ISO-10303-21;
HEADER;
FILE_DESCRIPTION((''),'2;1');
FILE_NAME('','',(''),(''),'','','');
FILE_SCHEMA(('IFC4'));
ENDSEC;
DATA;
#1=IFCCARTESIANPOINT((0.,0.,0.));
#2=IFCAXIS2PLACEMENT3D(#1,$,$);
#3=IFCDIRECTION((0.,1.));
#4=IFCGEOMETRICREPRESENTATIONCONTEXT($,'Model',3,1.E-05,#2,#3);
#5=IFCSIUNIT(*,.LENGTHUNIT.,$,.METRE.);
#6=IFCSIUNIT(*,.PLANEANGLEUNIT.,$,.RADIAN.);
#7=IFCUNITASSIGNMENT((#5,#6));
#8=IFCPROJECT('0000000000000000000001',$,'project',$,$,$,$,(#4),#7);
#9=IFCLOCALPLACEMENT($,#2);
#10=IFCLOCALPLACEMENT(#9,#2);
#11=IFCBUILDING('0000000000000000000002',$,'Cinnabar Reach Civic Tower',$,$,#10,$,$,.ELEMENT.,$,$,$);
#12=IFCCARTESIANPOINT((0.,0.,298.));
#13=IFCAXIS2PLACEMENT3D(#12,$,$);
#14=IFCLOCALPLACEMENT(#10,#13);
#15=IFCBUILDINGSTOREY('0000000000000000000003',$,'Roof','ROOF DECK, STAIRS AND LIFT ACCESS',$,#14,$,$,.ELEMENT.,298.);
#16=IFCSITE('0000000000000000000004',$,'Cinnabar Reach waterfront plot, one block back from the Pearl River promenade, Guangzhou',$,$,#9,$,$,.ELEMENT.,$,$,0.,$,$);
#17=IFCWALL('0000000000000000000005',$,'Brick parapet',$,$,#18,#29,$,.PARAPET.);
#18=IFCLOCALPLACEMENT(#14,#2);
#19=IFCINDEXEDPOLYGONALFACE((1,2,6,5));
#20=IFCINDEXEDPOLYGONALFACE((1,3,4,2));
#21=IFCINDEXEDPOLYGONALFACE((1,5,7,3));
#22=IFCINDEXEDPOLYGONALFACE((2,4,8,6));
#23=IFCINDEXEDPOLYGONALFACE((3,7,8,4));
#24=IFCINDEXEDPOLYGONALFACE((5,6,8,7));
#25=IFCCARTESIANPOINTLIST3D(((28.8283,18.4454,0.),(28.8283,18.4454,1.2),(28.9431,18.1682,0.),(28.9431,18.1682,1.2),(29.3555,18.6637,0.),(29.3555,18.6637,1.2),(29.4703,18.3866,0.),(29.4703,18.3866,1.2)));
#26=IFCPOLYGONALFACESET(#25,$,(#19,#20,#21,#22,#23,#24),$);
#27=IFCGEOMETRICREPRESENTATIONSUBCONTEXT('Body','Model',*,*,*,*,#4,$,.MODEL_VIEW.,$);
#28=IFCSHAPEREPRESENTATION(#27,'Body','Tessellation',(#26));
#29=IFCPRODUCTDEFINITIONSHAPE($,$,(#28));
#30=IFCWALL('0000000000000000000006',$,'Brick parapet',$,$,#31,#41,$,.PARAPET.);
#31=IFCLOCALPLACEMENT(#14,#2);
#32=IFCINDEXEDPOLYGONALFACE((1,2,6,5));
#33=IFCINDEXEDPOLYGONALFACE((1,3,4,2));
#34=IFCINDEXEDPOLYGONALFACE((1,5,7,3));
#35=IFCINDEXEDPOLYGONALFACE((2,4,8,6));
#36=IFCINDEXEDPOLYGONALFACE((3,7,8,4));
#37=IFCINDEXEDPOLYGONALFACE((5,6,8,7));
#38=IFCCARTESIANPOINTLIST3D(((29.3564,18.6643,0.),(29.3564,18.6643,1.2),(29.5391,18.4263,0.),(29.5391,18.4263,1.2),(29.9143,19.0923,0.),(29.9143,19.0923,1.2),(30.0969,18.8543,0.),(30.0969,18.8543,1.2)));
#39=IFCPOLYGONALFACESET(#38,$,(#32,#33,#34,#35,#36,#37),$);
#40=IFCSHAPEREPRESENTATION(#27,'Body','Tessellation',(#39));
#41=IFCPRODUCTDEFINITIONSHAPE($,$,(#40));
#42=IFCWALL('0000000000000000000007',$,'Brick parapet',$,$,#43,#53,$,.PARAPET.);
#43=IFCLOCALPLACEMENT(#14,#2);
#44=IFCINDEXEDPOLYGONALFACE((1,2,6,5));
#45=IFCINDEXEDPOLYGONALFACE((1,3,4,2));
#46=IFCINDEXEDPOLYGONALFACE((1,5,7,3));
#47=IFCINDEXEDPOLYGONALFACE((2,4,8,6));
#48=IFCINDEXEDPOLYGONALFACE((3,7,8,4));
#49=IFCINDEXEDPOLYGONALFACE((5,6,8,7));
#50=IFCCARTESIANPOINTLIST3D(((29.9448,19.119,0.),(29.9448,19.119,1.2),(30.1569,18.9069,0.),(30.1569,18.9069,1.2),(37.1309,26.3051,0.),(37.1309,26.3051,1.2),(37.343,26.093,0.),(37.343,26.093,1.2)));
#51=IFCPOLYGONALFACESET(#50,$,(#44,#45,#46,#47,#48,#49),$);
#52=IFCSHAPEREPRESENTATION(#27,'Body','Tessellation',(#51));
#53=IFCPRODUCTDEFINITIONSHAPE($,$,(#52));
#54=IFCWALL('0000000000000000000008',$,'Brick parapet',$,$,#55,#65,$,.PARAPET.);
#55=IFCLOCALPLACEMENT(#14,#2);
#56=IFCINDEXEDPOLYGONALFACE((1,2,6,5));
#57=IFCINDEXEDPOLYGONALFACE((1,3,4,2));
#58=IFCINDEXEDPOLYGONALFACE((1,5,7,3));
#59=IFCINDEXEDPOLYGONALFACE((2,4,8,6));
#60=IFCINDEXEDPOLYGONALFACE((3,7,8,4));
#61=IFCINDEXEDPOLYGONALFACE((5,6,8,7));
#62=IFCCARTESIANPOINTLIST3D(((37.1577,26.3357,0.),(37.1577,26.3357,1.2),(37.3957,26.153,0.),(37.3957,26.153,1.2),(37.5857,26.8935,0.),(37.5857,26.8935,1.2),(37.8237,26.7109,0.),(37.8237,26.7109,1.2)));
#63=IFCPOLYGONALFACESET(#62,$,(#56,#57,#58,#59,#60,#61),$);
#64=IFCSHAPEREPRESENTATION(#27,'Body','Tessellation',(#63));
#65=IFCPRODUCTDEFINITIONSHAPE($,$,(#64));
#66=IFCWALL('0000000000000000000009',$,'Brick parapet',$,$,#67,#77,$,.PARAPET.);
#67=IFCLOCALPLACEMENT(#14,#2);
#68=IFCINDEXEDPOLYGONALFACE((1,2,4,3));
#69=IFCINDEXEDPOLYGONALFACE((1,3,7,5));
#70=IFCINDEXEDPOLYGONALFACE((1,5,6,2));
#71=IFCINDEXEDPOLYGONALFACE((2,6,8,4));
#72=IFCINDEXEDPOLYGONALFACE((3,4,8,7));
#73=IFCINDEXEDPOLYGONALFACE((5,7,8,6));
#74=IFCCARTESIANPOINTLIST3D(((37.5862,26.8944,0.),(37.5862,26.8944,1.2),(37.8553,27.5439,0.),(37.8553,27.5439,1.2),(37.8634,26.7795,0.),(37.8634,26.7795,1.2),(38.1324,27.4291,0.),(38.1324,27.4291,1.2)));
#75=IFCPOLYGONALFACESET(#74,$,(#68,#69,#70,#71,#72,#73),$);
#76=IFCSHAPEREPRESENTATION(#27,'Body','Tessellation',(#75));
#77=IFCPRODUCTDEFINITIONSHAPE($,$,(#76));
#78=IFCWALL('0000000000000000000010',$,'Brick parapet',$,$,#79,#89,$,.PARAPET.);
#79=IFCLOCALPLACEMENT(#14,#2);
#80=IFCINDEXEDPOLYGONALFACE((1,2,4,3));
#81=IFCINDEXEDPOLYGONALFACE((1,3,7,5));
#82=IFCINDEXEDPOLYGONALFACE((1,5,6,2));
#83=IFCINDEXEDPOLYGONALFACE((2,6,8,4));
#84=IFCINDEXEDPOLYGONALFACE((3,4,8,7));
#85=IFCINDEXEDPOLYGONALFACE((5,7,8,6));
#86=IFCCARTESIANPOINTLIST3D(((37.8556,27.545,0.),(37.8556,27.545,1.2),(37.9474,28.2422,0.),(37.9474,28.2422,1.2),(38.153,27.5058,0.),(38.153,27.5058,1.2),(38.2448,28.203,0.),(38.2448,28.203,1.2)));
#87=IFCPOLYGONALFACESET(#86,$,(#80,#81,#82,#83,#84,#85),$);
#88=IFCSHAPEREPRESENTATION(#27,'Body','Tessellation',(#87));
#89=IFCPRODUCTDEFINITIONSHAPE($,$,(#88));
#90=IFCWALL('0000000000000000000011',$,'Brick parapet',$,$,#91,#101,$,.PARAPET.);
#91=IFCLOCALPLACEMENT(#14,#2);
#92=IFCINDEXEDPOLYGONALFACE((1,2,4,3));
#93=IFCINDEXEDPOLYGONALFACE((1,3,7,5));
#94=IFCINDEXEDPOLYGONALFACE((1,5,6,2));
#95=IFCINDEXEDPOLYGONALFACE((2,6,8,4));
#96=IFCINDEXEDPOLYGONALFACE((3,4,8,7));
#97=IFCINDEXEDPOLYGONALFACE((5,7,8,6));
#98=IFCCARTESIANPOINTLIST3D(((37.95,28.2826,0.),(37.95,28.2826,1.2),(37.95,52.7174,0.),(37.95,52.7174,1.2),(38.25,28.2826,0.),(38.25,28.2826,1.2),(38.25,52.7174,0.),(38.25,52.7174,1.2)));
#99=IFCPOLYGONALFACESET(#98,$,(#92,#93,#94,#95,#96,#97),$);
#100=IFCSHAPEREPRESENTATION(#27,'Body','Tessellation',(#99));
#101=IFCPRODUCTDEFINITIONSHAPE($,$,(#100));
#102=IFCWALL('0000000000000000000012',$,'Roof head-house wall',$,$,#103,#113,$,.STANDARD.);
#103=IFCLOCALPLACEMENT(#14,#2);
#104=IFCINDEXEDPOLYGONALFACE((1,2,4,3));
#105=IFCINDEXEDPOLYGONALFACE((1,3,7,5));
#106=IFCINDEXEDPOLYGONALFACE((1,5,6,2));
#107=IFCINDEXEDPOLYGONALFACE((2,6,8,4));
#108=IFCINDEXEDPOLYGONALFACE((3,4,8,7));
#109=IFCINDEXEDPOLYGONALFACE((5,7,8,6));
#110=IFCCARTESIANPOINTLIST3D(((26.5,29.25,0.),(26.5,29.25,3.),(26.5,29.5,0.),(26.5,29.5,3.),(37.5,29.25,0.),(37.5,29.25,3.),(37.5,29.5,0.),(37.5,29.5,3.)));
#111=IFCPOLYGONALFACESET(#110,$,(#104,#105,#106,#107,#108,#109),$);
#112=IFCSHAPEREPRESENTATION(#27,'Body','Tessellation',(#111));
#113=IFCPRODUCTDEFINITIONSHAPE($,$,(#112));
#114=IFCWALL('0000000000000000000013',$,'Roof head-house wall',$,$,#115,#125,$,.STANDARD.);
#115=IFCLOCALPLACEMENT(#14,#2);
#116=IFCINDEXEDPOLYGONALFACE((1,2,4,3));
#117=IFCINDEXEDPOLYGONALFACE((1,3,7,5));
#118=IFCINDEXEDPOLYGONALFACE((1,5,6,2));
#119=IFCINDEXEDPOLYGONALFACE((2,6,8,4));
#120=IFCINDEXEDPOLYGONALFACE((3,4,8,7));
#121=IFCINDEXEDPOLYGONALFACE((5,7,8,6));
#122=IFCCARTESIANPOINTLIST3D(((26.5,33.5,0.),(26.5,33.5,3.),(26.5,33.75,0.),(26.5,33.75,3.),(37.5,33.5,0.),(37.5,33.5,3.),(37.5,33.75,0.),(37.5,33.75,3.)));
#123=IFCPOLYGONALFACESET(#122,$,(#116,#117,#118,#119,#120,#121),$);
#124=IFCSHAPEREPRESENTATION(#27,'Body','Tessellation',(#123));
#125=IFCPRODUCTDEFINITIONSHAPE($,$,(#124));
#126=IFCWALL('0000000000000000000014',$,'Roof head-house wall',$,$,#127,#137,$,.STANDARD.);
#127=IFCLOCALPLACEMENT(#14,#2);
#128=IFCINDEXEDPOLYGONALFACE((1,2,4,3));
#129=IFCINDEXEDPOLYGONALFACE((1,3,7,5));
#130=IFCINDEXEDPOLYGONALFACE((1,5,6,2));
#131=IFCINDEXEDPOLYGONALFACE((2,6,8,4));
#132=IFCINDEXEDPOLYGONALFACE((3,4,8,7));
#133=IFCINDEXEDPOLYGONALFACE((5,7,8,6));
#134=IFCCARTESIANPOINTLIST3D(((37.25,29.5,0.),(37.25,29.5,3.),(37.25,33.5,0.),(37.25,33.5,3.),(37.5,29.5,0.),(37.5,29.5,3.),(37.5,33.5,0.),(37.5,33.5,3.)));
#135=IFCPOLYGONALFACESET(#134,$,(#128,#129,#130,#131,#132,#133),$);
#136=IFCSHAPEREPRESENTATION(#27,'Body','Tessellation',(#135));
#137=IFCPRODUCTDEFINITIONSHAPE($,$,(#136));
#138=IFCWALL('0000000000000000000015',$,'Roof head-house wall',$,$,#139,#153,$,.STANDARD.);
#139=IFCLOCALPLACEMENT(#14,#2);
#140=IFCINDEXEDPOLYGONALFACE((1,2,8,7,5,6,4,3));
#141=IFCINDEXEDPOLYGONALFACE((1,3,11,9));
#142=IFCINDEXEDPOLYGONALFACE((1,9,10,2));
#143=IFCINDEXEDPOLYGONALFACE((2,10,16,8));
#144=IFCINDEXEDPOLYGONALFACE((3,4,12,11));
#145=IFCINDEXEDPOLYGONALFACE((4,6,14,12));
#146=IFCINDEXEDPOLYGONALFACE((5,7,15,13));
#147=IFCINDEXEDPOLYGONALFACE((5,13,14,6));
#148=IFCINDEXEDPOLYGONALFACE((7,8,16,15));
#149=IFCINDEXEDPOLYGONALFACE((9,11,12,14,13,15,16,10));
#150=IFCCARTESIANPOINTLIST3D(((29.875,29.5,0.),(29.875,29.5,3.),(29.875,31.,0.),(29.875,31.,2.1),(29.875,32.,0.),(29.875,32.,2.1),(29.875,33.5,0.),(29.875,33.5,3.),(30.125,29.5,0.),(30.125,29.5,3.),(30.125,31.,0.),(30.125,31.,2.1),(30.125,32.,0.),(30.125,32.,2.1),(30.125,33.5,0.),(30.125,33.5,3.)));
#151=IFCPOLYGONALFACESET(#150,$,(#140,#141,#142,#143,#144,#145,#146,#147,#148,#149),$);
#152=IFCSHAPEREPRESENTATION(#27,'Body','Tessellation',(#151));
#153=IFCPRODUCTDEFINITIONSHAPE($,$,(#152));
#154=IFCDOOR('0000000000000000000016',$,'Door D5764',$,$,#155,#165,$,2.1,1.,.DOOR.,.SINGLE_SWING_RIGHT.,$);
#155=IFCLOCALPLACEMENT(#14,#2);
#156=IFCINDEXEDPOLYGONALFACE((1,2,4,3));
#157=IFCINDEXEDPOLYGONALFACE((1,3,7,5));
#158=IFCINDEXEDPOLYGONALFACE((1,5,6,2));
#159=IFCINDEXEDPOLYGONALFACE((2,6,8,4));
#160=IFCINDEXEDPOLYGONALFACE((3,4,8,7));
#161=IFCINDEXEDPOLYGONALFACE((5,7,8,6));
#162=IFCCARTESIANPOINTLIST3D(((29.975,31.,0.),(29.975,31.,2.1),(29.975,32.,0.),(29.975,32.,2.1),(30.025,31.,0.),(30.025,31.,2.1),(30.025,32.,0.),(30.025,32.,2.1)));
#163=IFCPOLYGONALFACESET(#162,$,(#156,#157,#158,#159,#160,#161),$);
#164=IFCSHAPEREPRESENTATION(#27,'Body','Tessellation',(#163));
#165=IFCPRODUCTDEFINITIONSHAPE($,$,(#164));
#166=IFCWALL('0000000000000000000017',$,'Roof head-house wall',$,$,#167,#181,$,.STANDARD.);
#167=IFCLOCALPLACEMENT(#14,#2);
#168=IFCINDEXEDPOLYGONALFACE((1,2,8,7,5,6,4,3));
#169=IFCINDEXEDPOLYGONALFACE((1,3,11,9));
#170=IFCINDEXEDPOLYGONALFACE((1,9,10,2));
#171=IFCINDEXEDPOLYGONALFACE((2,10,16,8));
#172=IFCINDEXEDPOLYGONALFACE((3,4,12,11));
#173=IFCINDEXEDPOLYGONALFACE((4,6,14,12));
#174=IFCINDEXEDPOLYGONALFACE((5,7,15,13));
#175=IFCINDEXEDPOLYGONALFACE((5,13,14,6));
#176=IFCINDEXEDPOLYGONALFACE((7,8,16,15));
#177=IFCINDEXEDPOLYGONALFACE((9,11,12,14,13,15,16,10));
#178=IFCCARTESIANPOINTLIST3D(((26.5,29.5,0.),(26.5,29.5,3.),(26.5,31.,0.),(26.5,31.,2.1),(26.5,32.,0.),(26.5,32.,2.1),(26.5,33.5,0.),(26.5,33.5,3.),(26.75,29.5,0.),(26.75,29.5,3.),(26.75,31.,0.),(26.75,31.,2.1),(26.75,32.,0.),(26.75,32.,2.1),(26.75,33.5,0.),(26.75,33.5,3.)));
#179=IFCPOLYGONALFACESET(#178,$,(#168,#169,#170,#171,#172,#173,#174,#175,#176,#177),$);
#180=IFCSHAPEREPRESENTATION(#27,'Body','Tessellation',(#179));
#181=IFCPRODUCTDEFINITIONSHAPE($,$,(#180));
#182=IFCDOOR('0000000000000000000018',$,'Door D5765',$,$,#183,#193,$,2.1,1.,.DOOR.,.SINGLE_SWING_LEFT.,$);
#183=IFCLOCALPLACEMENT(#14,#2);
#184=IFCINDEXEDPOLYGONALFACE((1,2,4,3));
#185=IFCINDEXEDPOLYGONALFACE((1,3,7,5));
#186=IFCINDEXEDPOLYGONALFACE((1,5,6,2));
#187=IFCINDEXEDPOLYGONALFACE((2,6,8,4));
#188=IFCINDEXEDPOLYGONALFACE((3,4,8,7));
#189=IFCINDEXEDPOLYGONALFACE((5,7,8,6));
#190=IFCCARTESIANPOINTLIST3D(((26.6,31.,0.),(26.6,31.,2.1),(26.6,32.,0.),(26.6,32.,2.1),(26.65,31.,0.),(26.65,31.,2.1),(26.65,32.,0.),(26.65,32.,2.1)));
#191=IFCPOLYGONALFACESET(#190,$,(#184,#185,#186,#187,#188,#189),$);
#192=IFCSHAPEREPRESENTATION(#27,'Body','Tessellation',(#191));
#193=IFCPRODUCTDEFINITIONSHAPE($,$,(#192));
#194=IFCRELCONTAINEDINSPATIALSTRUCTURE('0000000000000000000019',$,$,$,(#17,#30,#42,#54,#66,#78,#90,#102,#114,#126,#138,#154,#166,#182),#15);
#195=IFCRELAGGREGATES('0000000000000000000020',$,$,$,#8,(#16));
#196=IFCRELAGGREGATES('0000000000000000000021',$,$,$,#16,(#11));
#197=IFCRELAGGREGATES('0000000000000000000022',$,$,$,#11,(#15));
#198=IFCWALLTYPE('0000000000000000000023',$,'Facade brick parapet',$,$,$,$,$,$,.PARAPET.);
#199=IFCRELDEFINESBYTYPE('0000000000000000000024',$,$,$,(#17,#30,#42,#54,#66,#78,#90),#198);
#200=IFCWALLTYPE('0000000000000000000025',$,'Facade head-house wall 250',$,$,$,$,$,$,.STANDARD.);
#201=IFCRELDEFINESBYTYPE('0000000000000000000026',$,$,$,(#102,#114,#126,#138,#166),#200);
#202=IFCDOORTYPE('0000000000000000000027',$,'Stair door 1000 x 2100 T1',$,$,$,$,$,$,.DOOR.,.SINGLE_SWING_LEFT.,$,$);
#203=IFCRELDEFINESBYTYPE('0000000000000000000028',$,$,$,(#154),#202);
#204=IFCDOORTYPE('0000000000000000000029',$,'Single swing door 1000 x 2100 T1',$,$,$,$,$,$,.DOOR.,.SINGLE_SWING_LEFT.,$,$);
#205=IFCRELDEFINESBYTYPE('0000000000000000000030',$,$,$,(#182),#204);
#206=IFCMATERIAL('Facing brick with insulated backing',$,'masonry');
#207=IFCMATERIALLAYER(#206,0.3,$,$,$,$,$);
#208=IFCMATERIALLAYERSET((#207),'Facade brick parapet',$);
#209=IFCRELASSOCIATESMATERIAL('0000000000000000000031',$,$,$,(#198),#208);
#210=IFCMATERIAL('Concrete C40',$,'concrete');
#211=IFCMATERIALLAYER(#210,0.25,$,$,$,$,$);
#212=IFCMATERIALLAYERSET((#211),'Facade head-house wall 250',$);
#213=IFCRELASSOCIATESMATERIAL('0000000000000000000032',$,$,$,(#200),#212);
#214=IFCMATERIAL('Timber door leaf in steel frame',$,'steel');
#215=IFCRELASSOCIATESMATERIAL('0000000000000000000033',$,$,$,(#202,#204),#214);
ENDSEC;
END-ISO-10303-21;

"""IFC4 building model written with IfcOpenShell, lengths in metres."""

from ifc_helpers import new_model, si_unit, direction, frame, frame_2d, origin, place, context, subcontext, project, spatial, rectangle, extrude, material, layer, layer_set, type_object, element, fill, save


model = new_model("IFC4")

# Units and contexts
model_context = context("Model", 3, precision=1e-05, world=origin(), true_north=direction((0.0, 1.0)))
body_context = subcontext(model_context, "Body", "Model", "MODEL_VIEW")
ifc_project = project(units=[si_unit("LENGTHUNIT", "METRE"), si_unit("PLANEANGLEUNIT", "RADIAN")], contexts=[model_context])

# Site, building, storey
site_placement = place(None, origin())
site = spatial("IfcSite", under=ifc_project, at=site_placement, Name="Cinnabar Reach waterfront plot, one block back from the Pearl River promenade, Guangzhou", CompositionType="ELEMENT", RefElevation=0.0)
building_placement = place(site_placement, origin())
building = spatial("IfcBuilding", under=site, at=building_placement, Name="Cinnabar Reach Civic Tower", CompositionType="ELEMENT")
storey_placement = place(building_placement, frame((0.0, 0.0, 298.0)))
storey = spatial("IfcBuildingStorey", under=building, at=storey_placement, Name="Roof", Description="ROOF DECK, STAIRS AND LIFT ACCESS", CompositionType="ELEMENT", Elevation=298.0)

# Walls
ifc_material_1 = material(Name="Facing brick with insulated backing", Category="masonry")
ifc_layer_1 = layer(ifc_material_1, 0.3)
ifc_layer_set_1 = layer_set([ifc_layer_1], Name="Facade brick parapet")
wall_type_1 = type_object("IfcWallType", Name="Facade brick parapet", PredefinedType="PARAPET", material=ifc_layer_set_1)
wall_1_placement = place(storey_placement, frame((28.8857, 18.3068, 0.0), z_axis=(0.0, 0.0, 1.0), x_axis=(0.923889, 0.382661, 0.0)))
element("IfcWall", 1, at=wall_1_placement, inside=storey, type_object=wall_type_1, Name="Brick parapet", PredefinedType="PARAPET", context=body_context, shape_type="SweptSolid", body=[
    extrude(rectangle(XDim=0.5707, YDim=0.3, at=frame_2d((0.2853, 0.0))), origin(), (0.0, 0.0, 1.0), 1.2),
])
wall_2_placement = place(storey_placement, frame((29.4478, 18.5453, 0.0), z_axis=(0.0, 0.0, 1.0), x_axis=(0.793364, 0.608748, 0.0)))
element("IfcWall", 2, at=wall_2_placement, inside=storey, type_object=wall_type_1, Name="Brick parapet", PredefinedType="PARAPET", context=body_context, shape_type="SweptSolid", body=[
    extrude(rectangle(XDim=0.7031, YDim=0.3, at=frame_2d((0.3515, 0.0))), origin(), (0.0, 0.0, 1.0), 1.2),
])
wall_3_placement = place(storey_placement, frame((30.0509, 19.013, 0.0), z_axis=(0.0, 0.0, 1.0), x_axis=(0.707107, 0.707107, 0.0)))
element("IfcWall", 3, at=wall_3_placement, inside=storey, type_object=wall_type_1, Name="Brick parapet", PredefinedType="PARAPET", context=body_context, shape_type="SweptSolid", body=[
    extrude(rectangle(XDim=10.1627, YDim=0.3, at=frame_2d((5.0813, 0.0))), origin(), (0.0, 0.0, 1.0), 1.2),
])
for number, where, z_axis, x_axis, name in (
    (4, (37.2767, 26.2444, 0.0), (0.0, 0.0, 1.0), (0.608748, 0.793364, 0.0), "Brick parapet"),
    (5, (37.7248, 26.837, 0.0), (0.0, 0.0, 1.0), (0.382716, 0.923866, 0.0), "Brick parapet"),
):
    element("IfcWall", number, at=place(storey_placement, frame(where, z_axis=z_axis, x_axis=x_axis)), inside=storey, type_object=wall_type_1, Name=name, PredefinedType="PARAPET", context=body_context, shape_type="SweptSolid", body=[
        extrude(rectangle(XDim=0.7031, YDim=0.3, at=frame_2d((0.3515, 0.0))), origin(), (0.0, 0.0, 1.0), 1.2),
    ])
wall_4_placement = place(storey_placement, frame((38.0043, 27.5254, 0.0), z_axis=(0.0, 0.0, 1.0), x_axis=(0.130543, 0.991443, 0.0)))
element("IfcWall", 6, at=wall_4_placement, inside=storey, type_object=wall_type_1, Name="Brick parapet", PredefinedType="PARAPET", context=body_context, shape_type="SweptSolid", body=[
    extrude(rectangle(XDim=0.7032, YDim=0.3, at=frame_2d((0.3516, 0.0))), origin(), (0.0, 0.0, 1.0), 1.2),
])
wall_5_placement = place(storey_placement, frame((38.1, 28.2826, 0.0), z_axis=(0.0, 0.0, 1.0), x_axis=(0.0, 1.0, 0.0)))
element("IfcWall", 7, at=wall_5_placement, inside=storey, type_object=wall_type_1, Name="Brick parapet", PredefinedType="PARAPET", context=body_context, shape_type="SweptSolid", body=[
    extrude(rectangle(XDim=24.4348, YDim=0.3, at=frame_2d((12.2174, 0.0))), origin(), (0.0, 0.0, 1.0), 1.2),
])
ifc_material_2 = material(Name="Concrete C40", Category="concrete")
ifc_layer_2 = layer(ifc_material_2, 0.25)
ifc_layer_set_2 = layer_set([ifc_layer_2], Name="Facade head-house wall 250")
wall_type_2 = type_object("IfcWallType", Name="Facade head-house wall 250", PredefinedType="STANDARD", material=ifc_layer_set_2)
for number, where, z_axis, x_axis, name in (
    (8, (26.5, 29.375, 0.0), (0.0, 0.0, 1.0), (1.0, 0.0, 0.0), "Roof head-house wall"),
    (9, (26.5, 33.625, 0.0), (0.0, 0.0, 1.0), (1.0, 0.0, 0.0), "Roof head-house wall"),
):
    element("IfcWall", number, at=place(storey_placement, frame(where, z_axis=z_axis, x_axis=x_axis)), inside=storey, type_object=wall_type_2, Name=name, PredefinedType="STANDARD", context=body_context, shape_type="SweptSolid", body=[
        extrude(rectangle(XDim=11.0, YDim=0.25, at=frame_2d((5.5, 0.0))), origin(), (0.0, 0.0, 1.0), 3.0),
    ])
wall_6_placement = place(storey_placement, frame((37.375, 29.5, 0.0), z_axis=(0.0, 0.0, 1.0), x_axis=(0.0, 1.0, 0.0)))
element("IfcWall", 10, at=wall_6_placement, inside=storey, type_object=wall_type_2, Name="Roof head-house wall", PredefinedType="STANDARD", context=body_context, shape_type="SweptSolid", body=[
    extrude(rectangle(XDim=4.0, YDim=0.25, at=frame_2d((2.0, 0.0))), origin(), (0.0, 0.0, 1.0), 3.0),
])

# Walls, openings, doors
wall_7_placement = place(storey_placement, frame((30.0, 29.5, 0.0), z_axis=(0.0, 0.0, 1.0), x_axis=(0.0, 1.0, 0.0)))
wall_7 = element("IfcWall", 11, at=wall_7_placement, inside=storey, type_object=wall_type_2, Name="Roof head-house wall", PredefinedType="STANDARD", context=body_context, shape_type="SweptSolid", body=[
    extrude(rectangle(XDim=4.0, YDim=0.25, at=frame_2d((2.0, 0.0))), origin(), (0.0, 0.0, 1.0), 3.0),
])
opening_1_placement = place(wall_7_placement, frame((1.5, 0.0, 0.0)))
opening_1 = element("IfcOpeningElement", 12, at=opening_1_placement, cuts=wall_7, PredefinedType="OPENING", context=body_context, shape_type="SweptSolid", body=[
    extrude(rectangle(XDim=1.0, YDim=2.1, at=frame_2d((0.5, 1.05))), frame((0.0, 0.135, 0.0), z_axis=(0.0, -1.0, 0.0), x_axis=(1.0, 0.0, 0.0)), (0.0, 0.0, 1.0), 0.27),
])
ifc_material_3 = material(Name="Timber door leaf in steel frame", Category="steel")
door_type_1 = type_object("IfcDoorType", Name="Stair door 1000 x 2100 T1", OperationType="SINGLE_SWING_LEFT", PredefinedType="DOOR", material=ifc_material_3)
door_1_placement = place(opening_1_placement, frame((1.0, 0.0, 0.0), z_axis=(0.0, 0.0, 1.0), x_axis=(-1.0, 0.0, 0.0)))
door_1 = element("IfcDoor", 13, at=door_1_placement, inside=storey, type_object=door_type_1, Name="Door D5764", OperationType="SINGLE_SWING_RIGHT", OverallHeight=2.1, OverallWidth=1.0, PredefinedType="DOOR", context=body_context, shape_type="SweptSolid", body=[
    extrude(rectangle(XDim=1.0, YDim=2.1, at=frame_2d((0.5, 1.05))), frame((0.0, 0.025, 0.0), z_axis=(0.0, -1.0, 0.0), x_axis=(1.0, 0.0, 0.0)), (0.0, 0.0, 1.0), 0.05),
])
fill(opening_1, door_1)
wall_8_placement = place(storey_placement, frame((26.625, 29.5, 0.0), z_axis=(0.0, 0.0, 1.0), x_axis=(0.0, 1.0, 0.0)))
wall_8 = element("IfcWall", 14, at=wall_8_placement, inside=storey, type_object=wall_type_2, Name="Roof head-house wall", PredefinedType="STANDARD", context=body_context, shape_type="SweptSolid", body=[
    extrude(rectangle(XDim=4.0, YDim=0.25, at=frame_2d((2.0, 0.0))), origin(), (0.0, 0.0, 1.0), 3.0),
])
opening_2_placement = place(wall_8_placement, frame((1.5, 0.0, 0.0)))
opening_2 = element("IfcOpeningElement", 15, at=opening_2_placement, cuts=wall_8, PredefinedType="OPENING", context=body_context, shape_type="SweptSolid", body=[
    extrude(rectangle(XDim=1.0, YDim=2.1, at=frame_2d((0.5, 1.05))), frame((0.0, 0.135, 0.0), z_axis=(0.0, -1.0, 0.0), x_axis=(1.0, 0.0, 0.0)), (0.0, 0.0, 1.0), 0.27),
])
door_type_2 = type_object("IfcDoorType", Name="Single swing door 1000 x 2100 T1", OperationType="SINGLE_SWING_LEFT", PredefinedType="DOOR", material=ifc_material_3)
door_2_placement = place(opening_2_placement, origin())
door_2 = element("IfcDoor", 16, at=door_2_placement, inside=storey, type_object=door_type_2, Name="Door D5765", OperationType="SINGLE_SWING_LEFT", OverallHeight=2.1, OverallWidth=1.0, PredefinedType="DOOR", context=body_context, shape_type="SweptSolid", body=[
    extrude(rectangle(XDim=1.0, YDim=2.1, at=frame_2d((0.5, 1.05))), frame((0.0, 0.025, 0.0), z_axis=(0.0, -1.0, 0.0), x_axis=(1.0, 0.0, 0.0)), (0.0, 0.0, 1.0), 0.05),
])
fill(opening_2, door_2)

save(model, "model.ifc")
